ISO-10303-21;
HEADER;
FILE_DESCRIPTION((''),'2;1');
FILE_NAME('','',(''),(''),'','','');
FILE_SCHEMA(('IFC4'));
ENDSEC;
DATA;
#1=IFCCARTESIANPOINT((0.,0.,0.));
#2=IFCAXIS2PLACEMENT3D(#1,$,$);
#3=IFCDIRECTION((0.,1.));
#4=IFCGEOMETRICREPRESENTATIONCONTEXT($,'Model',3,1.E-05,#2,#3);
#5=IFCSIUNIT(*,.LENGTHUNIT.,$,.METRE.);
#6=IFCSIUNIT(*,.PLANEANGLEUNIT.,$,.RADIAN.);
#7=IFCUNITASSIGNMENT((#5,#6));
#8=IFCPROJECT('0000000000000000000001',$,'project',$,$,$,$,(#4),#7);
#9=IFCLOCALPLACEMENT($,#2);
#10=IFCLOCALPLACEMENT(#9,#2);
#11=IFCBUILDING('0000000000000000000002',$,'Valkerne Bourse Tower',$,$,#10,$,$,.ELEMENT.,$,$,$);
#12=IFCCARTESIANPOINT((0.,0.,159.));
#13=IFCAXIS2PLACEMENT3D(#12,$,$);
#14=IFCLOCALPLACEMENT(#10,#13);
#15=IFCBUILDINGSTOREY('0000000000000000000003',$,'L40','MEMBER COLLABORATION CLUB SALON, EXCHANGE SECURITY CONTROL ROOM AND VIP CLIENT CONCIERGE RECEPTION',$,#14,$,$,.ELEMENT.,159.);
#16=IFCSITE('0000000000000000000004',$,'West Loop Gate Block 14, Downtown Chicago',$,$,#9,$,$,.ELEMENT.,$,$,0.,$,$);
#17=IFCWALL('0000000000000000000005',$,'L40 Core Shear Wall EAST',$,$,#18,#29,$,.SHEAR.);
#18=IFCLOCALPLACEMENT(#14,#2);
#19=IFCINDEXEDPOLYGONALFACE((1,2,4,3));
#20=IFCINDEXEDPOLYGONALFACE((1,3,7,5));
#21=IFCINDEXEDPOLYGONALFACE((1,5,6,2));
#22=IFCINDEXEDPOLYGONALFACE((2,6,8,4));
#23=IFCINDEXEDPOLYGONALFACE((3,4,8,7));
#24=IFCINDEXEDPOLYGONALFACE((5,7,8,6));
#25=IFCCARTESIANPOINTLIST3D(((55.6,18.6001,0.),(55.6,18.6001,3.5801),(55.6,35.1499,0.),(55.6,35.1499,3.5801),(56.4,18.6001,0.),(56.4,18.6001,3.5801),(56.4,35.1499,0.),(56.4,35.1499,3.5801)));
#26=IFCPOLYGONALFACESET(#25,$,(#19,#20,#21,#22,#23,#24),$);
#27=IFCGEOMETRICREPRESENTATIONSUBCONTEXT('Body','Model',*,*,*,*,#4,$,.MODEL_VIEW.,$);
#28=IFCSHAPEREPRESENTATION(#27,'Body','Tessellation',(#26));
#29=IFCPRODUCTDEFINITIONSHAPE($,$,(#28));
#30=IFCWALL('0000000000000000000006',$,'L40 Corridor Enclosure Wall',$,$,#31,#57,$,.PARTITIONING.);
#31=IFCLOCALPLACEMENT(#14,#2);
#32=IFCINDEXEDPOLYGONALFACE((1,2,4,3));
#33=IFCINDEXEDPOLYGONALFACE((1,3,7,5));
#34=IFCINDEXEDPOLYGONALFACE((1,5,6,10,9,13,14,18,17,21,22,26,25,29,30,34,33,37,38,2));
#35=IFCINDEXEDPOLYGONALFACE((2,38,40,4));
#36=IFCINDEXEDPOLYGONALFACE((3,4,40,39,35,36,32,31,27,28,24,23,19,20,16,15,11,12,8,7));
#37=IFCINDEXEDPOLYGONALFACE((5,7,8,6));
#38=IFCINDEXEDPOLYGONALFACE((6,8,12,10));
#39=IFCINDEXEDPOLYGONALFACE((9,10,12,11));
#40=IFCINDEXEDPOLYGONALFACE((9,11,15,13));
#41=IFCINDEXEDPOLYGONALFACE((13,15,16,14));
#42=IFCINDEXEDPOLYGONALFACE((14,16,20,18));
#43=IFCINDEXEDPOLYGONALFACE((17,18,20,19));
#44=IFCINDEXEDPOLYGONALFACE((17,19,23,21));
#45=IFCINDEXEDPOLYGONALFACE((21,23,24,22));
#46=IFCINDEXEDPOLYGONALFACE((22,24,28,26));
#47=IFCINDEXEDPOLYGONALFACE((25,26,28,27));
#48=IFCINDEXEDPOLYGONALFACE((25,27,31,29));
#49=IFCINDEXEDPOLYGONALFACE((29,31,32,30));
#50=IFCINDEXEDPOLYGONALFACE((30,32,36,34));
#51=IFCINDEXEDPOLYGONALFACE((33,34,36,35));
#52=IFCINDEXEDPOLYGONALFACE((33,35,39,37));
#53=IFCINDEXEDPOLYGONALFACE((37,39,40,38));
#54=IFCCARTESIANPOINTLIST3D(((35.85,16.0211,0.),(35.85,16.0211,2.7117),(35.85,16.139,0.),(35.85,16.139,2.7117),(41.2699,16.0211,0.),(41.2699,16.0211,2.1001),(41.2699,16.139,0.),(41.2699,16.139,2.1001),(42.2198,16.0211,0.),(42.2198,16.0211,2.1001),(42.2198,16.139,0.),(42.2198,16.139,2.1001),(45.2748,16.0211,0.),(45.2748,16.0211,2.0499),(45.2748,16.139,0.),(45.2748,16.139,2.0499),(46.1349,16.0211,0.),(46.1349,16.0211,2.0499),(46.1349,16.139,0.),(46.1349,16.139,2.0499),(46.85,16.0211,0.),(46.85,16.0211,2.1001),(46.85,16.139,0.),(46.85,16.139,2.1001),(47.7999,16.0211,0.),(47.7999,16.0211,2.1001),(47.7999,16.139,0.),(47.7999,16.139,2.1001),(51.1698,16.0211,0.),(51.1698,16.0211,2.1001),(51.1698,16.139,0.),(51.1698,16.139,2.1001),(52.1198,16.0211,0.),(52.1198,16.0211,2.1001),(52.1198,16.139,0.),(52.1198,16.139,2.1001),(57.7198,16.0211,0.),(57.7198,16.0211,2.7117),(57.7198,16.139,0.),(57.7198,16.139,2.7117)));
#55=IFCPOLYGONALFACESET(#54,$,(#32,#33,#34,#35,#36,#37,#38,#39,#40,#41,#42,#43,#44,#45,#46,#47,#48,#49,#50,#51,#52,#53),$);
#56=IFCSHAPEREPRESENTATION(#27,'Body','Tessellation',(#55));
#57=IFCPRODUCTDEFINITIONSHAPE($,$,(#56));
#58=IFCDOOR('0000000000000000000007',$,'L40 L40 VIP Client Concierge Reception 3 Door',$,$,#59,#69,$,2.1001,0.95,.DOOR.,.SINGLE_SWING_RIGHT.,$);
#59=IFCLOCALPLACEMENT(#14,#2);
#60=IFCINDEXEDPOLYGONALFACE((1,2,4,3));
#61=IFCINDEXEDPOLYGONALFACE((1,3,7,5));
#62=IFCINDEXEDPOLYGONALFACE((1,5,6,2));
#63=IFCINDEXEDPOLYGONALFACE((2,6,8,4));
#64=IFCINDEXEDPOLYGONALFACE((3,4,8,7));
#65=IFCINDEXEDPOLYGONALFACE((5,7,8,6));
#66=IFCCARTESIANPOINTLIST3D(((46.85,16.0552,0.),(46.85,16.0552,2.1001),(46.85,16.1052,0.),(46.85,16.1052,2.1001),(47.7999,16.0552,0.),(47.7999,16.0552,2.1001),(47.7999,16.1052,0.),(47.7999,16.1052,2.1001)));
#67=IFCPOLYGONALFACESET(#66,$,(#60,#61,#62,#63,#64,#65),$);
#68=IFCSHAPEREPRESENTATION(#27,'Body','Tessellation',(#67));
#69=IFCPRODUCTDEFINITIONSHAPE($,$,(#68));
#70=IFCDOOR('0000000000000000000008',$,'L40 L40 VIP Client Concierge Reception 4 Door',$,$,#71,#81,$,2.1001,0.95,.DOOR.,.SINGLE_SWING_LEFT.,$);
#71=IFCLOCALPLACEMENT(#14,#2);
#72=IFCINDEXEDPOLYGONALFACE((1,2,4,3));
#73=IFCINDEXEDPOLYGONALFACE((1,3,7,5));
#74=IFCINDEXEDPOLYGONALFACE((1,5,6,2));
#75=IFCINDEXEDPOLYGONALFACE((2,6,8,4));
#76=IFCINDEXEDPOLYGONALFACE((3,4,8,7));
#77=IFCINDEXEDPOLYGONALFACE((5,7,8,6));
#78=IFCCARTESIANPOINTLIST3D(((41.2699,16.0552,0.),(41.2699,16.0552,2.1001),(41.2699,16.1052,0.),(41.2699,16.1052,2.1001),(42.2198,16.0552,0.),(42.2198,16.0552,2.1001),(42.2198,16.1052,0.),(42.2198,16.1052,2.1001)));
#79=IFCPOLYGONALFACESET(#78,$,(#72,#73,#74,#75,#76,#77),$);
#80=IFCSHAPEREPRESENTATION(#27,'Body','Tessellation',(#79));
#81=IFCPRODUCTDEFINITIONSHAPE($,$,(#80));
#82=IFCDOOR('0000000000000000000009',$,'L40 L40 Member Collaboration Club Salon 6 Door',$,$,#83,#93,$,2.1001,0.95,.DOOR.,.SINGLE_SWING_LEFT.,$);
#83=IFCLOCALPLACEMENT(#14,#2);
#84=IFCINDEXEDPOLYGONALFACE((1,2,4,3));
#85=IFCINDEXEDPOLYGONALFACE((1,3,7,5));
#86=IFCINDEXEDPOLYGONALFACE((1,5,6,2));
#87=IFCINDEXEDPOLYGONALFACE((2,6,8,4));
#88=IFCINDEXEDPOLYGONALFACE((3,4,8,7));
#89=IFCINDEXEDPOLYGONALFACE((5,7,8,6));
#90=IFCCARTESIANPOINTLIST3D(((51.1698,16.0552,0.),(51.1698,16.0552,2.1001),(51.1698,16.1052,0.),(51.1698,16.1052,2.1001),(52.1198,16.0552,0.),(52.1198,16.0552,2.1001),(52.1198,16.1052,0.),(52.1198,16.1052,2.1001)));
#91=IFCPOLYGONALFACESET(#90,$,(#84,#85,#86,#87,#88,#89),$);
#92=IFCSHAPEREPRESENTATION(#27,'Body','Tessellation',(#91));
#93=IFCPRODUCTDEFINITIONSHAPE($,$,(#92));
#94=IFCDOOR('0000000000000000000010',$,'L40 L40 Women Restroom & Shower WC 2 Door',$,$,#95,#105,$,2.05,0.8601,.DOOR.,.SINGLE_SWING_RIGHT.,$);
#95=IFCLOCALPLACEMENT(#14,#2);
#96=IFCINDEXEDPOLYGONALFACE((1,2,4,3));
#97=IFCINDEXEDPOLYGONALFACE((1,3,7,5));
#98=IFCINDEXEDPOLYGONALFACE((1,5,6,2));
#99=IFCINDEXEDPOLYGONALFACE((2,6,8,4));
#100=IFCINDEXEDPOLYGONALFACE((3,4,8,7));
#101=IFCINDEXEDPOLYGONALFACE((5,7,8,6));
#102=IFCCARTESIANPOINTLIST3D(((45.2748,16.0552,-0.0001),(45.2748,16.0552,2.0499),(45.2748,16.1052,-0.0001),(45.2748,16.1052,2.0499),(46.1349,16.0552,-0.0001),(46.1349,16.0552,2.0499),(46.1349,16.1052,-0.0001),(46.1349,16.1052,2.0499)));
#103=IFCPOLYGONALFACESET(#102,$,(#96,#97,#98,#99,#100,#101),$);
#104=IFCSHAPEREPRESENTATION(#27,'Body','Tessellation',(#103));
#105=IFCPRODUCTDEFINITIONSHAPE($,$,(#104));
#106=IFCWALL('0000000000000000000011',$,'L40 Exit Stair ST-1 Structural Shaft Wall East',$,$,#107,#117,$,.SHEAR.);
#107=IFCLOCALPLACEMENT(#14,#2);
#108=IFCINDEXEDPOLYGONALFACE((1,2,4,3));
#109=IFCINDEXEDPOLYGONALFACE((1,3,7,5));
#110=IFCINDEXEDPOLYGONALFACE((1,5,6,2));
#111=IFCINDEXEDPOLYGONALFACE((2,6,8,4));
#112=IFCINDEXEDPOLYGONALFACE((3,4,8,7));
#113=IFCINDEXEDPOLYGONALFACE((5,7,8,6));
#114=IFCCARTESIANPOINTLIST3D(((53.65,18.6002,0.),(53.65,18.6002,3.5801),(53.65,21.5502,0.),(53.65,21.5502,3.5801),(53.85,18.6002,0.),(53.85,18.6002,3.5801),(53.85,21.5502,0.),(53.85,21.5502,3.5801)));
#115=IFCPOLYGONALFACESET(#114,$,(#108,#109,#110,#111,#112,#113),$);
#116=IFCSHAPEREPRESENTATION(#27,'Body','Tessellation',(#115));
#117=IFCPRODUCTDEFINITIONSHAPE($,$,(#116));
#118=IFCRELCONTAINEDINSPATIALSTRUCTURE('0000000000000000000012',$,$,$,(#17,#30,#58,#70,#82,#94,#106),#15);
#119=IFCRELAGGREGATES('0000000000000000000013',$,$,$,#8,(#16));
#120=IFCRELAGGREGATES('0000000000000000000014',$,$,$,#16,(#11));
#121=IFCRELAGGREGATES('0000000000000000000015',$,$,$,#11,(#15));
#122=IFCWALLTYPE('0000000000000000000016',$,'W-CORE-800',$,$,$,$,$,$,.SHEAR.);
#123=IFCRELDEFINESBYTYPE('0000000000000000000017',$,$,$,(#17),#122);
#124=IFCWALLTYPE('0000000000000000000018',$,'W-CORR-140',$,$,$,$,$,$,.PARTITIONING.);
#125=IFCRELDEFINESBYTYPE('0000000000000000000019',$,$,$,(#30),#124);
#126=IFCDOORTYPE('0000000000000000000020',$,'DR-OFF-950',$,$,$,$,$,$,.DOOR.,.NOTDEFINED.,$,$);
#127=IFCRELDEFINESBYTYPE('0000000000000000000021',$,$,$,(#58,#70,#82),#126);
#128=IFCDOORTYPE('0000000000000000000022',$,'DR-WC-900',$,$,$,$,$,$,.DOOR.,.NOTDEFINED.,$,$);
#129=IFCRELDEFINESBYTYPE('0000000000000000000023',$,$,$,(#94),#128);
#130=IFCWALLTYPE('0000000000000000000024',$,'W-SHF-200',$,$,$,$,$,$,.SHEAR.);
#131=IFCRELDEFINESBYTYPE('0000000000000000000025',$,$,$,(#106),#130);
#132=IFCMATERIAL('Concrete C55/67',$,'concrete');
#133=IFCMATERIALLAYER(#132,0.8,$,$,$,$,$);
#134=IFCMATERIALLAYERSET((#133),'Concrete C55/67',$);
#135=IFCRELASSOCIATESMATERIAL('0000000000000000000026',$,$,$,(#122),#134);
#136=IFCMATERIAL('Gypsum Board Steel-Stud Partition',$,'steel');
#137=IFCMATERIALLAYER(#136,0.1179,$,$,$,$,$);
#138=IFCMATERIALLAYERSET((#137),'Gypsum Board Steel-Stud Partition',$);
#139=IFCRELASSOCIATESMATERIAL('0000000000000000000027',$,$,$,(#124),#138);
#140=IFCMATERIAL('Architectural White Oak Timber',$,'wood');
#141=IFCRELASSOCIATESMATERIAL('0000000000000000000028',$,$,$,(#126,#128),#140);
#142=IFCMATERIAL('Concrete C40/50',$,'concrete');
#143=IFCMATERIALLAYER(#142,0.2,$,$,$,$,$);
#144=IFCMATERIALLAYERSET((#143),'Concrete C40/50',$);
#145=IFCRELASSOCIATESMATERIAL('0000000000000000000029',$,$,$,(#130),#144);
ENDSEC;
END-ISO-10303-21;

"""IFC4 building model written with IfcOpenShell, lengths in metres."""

from ifc_helpers import new_model, si_unit, direction, frame, frame_2d, origin, place, context, subcontext, project, spatial, rectangle, extrude, material, layer, layer_set, type_object, element, fill, save


model = new_model("IFC4")

# Units and contexts
model_context = context("Model", 3, precision=1e-05, world=origin(), true_north=direction((0.0, 1.0)))
body_context = subcontext(model_context, "Body", "Model", "MODEL_VIEW")
ifc_project = project(units=[si_unit("LENGTHUNIT", "METRE"), si_unit("PLANEANGLEUNIT", "RADIAN")], contexts=[model_context])

# Site, building, storey
site_placement = place(None, origin())
site = spatial("IfcSite", under=ifc_project, at=site_placement, Name="West Loop Gate Block 14, Downtown Chicago", CompositionType="ELEMENT", RefElevation=0.0)
building_placement = place(site_placement, origin())
building = spatial("IfcBuilding", under=site, at=building_placement, Name="Valkerne Bourse Tower", CompositionType="ELEMENT")
storey_placement = place(building_placement, frame((0.0, 0.0, 159.0)))
storey = spatial("IfcBuildingStorey", under=building, at=storey_placement, Name="L40", Description="MEMBER COLLABORATION CLUB SALON, EXCHANGE SECURITY CONTROL ROOM AND VIP CLIENT CONCIERGE RECEPTION", CompositionType="ELEMENT", Elevation=159.0)

# Wall
ifc_material_1 = material(Name="Concrete C55/67", Category="concrete")
ifc_layer_1 = layer(ifc_material_1, 0.8)
ifc_layer_set_1 = layer_set([ifc_layer_1], Name="Concrete C55/67")
wall_type_1 = type_object("IfcWallType", Name="W-CORE-800", PredefinedType="SHEAR", material=ifc_layer_set_1)
wall_1_placement = place(storey_placement, frame((56.0, 18.6001, 0.0), z_axis=(0.0, 0.0, 1.0), x_axis=(0.0, 1.0, 0.0)))
element("IfcWall", 1, at=wall_1_placement, inside=storey, type_object=wall_type_1, Name="L40 Core Shear Wall EAST", PredefinedType="SHEAR", context=body_context, shape_type="SweptSolid", body=[
    extrude(rectangle(XDim=16.5498, YDim=0.8, at=frame_2d((8.2749, 0.0))), origin(), (0.0, 0.0, 1.0), 3.5801),
])

# Wall, openings, doors
ifc_material_2 = material(Name="Gypsum Board Steel-Stud Partition", Category="steel")
ifc_layer_2 = layer(ifc_material_2, 0.1179)
ifc_layer_set_2 = layer_set([ifc_layer_2], Name="Gypsum Board Steel-Stud Partition")
wall_type_2 = type_object("IfcWallType", Name="W-CORR-140", PredefinedType="PARTITIONING", material=ifc_layer_set_2)
wall_2_placement = place(storey_placement, frame((57.72, 16.0801, 0.0), z_axis=(0.0, 0.0, 1.0), x_axis=(-1.0, 0.0, 0.0)))
wall_2 = element("IfcWall", 2, at=wall_2_placement, inside=storey, type_object=wall_type_2, Name="L40 Corridor Enclosure Wall", PredefinedType="PARTITIONING", context=body_context, shape_type="SweptSolid", body=[
    extrude(rectangle(XDim=21.8699, YDim=0.1179, at=frame_2d((10.9351, 0.0))), origin(), (0.0, 0.0, 1.0), 2.7117),
])
opening_1_placement = place(wall_2_placement, frame((11.585, 0.0, 0.0)))
opening_1 = element("IfcOpeningElement", 3, at=opening_1_placement, cuts=wall_2, PredefinedType="OPENING", context=body_context, shape_type="SweptSolid", body=[
    extrude(rectangle(XDim=0.8601, YDim=2.05, at=frame_2d((0.4302, 1.0249))), frame((0.0, 0.0688, 0.0), z_axis=(0.0, -1.0, 0.0), x_axis=(1.0, 0.0, 0.0)), (0.0, 0.0, 1.0), 0.1379),
])
opening_2_placement = place(wall_2_placement, frame((9.9199, 0.0, 0.0)))
opening_2 = element("IfcOpeningElement", 4, at=opening_2_placement, cuts=wall_2, PredefinedType="OPENING", context=body_context, shape_type="SweptSolid", body=[
    extrude(rectangle(XDim=0.95, YDim=2.1001, at=frame_2d((0.4751, 1.05))), frame((0.0, 0.0688, 0.0), z_axis=(0.0, -1.0, 0.0), x_axis=(1.0, 0.0, 0.0)), (0.0, 0.0, 1.0), 0.1379),
])
opening_3_placement = place(wall_2_placement, frame((15.5, 0.0, 0.0)))
opening_3 = element("IfcOpeningElement", 5, at=opening_3_placement, cuts=wall_2, PredefinedType="OPENING", context=body_context, shape_type="SweptSolid", body=[
    extrude(rectangle(XDim=0.95, YDim=2.1001, at=frame_2d((0.4751, 1.05))), frame((0.0, 0.0688, 0.0), z_axis=(0.0, -1.0, 0.0), x_axis=(1.0, 0.0, 0.0)), (0.0, 0.0, 1.0), 0.1379),
])
opening_4_placement = place(wall_2_placement, frame((5.6001, 0.0, 0.0)))
opening_4 = element("IfcOpeningElement", 6, at=opening_4_placement, cuts=wall_2, PredefinedType="OPENING", context=body_context, shape_type="SweptSolid", body=[
    extrude(rectangle(XDim=0.95, YDim=2.1001, at=frame_2d((0.4751, 1.05))), frame((0.0, 0.0688, 0.0), z_axis=(0.0, -1.0, 0.0), x_axis=(1.0, 0.0, 0.0)), (0.0, 0.0, 1.0), 0.1379),
])
ifc_material_3 = material(Name="Architectural White Oak Timber", Category="wood")
door_type_1 = type_object("IfcDoorType", Name="DR-OFF-950", OperationType="NOTDEFINED", PredefinedType="DOOR", material=ifc_material_3)
door_1_placement = place(opening_2_placement, origin())
door_1 = element("IfcDoor", 7, at=door_1_placement, inside=storey, type_object=door_type_1, Name="L40 L40 VIP Client Concierge Reception 3 Door", OperationType="SINGLE_SWING_RIGHT", OverallHeight=2.1001, OverallWidth=0.95, PredefinedType="DOOR", context=body_context, shape_type="SweptSolid", body=[
    extrude(rectangle(XDim=0.95, YDim=2.1001, at=frame_2d((0.4751, 1.05))), frame((0.0, 0.0249, 0.0), z_axis=(0.0, -1.0, 0.0), x_axis=(1.0, 0.0, 0.0)), (0.0, 0.0, 1.0), 0.05),
])
fill(opening_2, door_1)
door_2_placement = place(opening_3_placement, origin())
door_2 = element("IfcDoor", 8, at=door_2_placement, inside=storey, type_object=door_type_1, Name="L40 L40 VIP Client Concierge Reception 4 Door", OperationType="SINGLE_SWING_LEFT", OverallHeight=2.1001, OverallWidth=0.95, PredefinedType="DOOR", context=body_context, shape_type="SweptSolid", body=[
    extrude(rectangle(XDim=0.95, YDim=2.1001, at=frame_2d((0.4751, 1.05))), frame((0.0, 0.0249, 0.0), z_axis=(0.0, -1.0, 0.0), x_axis=(1.0, 0.0, 0.0)), (0.0, 0.0, 1.0), 0.05),
])
fill(opening_3, door_2)
door_3_placement = place(opening_4_placement, origin())
door_3 = element("IfcDoor", 9, at=door_3_placement, inside=storey, type_object=door_type_1, Name="L40 L40 Member Collaboration Club Salon 6 Door", OperationType="SINGLE_SWING_LEFT", OverallHeight=2.1001, OverallWidth=0.95, PredefinedType="DOOR", context=body_context, shape_type="SweptSolid", body=[
    extrude(rectangle(XDim=0.95, YDim=2.1001, at=frame_2d((0.4751, 1.05))), frame((0.0, 0.0249, 0.0), z_axis=(0.0, -1.0, 0.0), x_axis=(1.0, 0.0, 0.0)), (0.0, 0.0, 1.0), 0.05),
])
fill(opening_4, door_3)
door_type_2 = type_object("IfcDoorType", Name="DR-WC-900", OperationType="NOTDEFINED", PredefinedType="DOOR", material=ifc_material_3)
door_4_placement = place(opening_1_placement, origin())
door_4 = element("IfcDoor", 10, at=door_4_placement, inside=storey, type_object=door_type_2, Name="L40 L40 Women Restroom & Shower WC 2 Door", OperationType="SINGLE_SWING_RIGHT", OverallHeight=2.05, OverallWidth=0.8601, PredefinedType="DOOR", context=body_context, shape_type="SweptSolid", body=[
    extrude(rectangle(XDim=0.8601, YDim=2.05, at=frame_2d((0.4302, 1.0249))), frame((0.0, 0.0249, 0.0), z_axis=(0.0, -1.0, 0.0), x_axis=(1.0, 0.0, 0.0)), (0.0, 0.0, 1.0), 0.05),
])
fill(opening_1, door_4)

# Wall
ifc_material_4 = material(Name="Concrete C40/50", Category="concrete")
ifc_layer_3 = layer(ifc_material_4, 0.2)
ifc_layer_set_3 = layer_set([ifc_layer_3], Name="Concrete C40/50")
wall_type_3 = type_object("IfcWallType", Name="W-SHF-200", PredefinedType="SHEAR", material=ifc_layer_set_3)
wall_3_placement = place(storey_placement, frame((53.75, 18.6001, 0.0), z_axis=(0.0, 0.0, 1.0), x_axis=(0.0, 1.0, 0.0)))
element("IfcWall", 11, at=wall_3_placement, inside=storey, type_object=wall_type_3, Name="L40 Exit Stair ST-1 Structural Shaft Wall East", PredefinedType="SHEAR", context=body_context, shape_type="SweptSolid", body=[
    extrude(rectangle(XDim=2.95, YDim=0.2, at=frame_2d((1.4751, 0.0))), origin(), (0.0, 0.0, 1.0), 3.5801),
])

save(model, "model.ifc")
